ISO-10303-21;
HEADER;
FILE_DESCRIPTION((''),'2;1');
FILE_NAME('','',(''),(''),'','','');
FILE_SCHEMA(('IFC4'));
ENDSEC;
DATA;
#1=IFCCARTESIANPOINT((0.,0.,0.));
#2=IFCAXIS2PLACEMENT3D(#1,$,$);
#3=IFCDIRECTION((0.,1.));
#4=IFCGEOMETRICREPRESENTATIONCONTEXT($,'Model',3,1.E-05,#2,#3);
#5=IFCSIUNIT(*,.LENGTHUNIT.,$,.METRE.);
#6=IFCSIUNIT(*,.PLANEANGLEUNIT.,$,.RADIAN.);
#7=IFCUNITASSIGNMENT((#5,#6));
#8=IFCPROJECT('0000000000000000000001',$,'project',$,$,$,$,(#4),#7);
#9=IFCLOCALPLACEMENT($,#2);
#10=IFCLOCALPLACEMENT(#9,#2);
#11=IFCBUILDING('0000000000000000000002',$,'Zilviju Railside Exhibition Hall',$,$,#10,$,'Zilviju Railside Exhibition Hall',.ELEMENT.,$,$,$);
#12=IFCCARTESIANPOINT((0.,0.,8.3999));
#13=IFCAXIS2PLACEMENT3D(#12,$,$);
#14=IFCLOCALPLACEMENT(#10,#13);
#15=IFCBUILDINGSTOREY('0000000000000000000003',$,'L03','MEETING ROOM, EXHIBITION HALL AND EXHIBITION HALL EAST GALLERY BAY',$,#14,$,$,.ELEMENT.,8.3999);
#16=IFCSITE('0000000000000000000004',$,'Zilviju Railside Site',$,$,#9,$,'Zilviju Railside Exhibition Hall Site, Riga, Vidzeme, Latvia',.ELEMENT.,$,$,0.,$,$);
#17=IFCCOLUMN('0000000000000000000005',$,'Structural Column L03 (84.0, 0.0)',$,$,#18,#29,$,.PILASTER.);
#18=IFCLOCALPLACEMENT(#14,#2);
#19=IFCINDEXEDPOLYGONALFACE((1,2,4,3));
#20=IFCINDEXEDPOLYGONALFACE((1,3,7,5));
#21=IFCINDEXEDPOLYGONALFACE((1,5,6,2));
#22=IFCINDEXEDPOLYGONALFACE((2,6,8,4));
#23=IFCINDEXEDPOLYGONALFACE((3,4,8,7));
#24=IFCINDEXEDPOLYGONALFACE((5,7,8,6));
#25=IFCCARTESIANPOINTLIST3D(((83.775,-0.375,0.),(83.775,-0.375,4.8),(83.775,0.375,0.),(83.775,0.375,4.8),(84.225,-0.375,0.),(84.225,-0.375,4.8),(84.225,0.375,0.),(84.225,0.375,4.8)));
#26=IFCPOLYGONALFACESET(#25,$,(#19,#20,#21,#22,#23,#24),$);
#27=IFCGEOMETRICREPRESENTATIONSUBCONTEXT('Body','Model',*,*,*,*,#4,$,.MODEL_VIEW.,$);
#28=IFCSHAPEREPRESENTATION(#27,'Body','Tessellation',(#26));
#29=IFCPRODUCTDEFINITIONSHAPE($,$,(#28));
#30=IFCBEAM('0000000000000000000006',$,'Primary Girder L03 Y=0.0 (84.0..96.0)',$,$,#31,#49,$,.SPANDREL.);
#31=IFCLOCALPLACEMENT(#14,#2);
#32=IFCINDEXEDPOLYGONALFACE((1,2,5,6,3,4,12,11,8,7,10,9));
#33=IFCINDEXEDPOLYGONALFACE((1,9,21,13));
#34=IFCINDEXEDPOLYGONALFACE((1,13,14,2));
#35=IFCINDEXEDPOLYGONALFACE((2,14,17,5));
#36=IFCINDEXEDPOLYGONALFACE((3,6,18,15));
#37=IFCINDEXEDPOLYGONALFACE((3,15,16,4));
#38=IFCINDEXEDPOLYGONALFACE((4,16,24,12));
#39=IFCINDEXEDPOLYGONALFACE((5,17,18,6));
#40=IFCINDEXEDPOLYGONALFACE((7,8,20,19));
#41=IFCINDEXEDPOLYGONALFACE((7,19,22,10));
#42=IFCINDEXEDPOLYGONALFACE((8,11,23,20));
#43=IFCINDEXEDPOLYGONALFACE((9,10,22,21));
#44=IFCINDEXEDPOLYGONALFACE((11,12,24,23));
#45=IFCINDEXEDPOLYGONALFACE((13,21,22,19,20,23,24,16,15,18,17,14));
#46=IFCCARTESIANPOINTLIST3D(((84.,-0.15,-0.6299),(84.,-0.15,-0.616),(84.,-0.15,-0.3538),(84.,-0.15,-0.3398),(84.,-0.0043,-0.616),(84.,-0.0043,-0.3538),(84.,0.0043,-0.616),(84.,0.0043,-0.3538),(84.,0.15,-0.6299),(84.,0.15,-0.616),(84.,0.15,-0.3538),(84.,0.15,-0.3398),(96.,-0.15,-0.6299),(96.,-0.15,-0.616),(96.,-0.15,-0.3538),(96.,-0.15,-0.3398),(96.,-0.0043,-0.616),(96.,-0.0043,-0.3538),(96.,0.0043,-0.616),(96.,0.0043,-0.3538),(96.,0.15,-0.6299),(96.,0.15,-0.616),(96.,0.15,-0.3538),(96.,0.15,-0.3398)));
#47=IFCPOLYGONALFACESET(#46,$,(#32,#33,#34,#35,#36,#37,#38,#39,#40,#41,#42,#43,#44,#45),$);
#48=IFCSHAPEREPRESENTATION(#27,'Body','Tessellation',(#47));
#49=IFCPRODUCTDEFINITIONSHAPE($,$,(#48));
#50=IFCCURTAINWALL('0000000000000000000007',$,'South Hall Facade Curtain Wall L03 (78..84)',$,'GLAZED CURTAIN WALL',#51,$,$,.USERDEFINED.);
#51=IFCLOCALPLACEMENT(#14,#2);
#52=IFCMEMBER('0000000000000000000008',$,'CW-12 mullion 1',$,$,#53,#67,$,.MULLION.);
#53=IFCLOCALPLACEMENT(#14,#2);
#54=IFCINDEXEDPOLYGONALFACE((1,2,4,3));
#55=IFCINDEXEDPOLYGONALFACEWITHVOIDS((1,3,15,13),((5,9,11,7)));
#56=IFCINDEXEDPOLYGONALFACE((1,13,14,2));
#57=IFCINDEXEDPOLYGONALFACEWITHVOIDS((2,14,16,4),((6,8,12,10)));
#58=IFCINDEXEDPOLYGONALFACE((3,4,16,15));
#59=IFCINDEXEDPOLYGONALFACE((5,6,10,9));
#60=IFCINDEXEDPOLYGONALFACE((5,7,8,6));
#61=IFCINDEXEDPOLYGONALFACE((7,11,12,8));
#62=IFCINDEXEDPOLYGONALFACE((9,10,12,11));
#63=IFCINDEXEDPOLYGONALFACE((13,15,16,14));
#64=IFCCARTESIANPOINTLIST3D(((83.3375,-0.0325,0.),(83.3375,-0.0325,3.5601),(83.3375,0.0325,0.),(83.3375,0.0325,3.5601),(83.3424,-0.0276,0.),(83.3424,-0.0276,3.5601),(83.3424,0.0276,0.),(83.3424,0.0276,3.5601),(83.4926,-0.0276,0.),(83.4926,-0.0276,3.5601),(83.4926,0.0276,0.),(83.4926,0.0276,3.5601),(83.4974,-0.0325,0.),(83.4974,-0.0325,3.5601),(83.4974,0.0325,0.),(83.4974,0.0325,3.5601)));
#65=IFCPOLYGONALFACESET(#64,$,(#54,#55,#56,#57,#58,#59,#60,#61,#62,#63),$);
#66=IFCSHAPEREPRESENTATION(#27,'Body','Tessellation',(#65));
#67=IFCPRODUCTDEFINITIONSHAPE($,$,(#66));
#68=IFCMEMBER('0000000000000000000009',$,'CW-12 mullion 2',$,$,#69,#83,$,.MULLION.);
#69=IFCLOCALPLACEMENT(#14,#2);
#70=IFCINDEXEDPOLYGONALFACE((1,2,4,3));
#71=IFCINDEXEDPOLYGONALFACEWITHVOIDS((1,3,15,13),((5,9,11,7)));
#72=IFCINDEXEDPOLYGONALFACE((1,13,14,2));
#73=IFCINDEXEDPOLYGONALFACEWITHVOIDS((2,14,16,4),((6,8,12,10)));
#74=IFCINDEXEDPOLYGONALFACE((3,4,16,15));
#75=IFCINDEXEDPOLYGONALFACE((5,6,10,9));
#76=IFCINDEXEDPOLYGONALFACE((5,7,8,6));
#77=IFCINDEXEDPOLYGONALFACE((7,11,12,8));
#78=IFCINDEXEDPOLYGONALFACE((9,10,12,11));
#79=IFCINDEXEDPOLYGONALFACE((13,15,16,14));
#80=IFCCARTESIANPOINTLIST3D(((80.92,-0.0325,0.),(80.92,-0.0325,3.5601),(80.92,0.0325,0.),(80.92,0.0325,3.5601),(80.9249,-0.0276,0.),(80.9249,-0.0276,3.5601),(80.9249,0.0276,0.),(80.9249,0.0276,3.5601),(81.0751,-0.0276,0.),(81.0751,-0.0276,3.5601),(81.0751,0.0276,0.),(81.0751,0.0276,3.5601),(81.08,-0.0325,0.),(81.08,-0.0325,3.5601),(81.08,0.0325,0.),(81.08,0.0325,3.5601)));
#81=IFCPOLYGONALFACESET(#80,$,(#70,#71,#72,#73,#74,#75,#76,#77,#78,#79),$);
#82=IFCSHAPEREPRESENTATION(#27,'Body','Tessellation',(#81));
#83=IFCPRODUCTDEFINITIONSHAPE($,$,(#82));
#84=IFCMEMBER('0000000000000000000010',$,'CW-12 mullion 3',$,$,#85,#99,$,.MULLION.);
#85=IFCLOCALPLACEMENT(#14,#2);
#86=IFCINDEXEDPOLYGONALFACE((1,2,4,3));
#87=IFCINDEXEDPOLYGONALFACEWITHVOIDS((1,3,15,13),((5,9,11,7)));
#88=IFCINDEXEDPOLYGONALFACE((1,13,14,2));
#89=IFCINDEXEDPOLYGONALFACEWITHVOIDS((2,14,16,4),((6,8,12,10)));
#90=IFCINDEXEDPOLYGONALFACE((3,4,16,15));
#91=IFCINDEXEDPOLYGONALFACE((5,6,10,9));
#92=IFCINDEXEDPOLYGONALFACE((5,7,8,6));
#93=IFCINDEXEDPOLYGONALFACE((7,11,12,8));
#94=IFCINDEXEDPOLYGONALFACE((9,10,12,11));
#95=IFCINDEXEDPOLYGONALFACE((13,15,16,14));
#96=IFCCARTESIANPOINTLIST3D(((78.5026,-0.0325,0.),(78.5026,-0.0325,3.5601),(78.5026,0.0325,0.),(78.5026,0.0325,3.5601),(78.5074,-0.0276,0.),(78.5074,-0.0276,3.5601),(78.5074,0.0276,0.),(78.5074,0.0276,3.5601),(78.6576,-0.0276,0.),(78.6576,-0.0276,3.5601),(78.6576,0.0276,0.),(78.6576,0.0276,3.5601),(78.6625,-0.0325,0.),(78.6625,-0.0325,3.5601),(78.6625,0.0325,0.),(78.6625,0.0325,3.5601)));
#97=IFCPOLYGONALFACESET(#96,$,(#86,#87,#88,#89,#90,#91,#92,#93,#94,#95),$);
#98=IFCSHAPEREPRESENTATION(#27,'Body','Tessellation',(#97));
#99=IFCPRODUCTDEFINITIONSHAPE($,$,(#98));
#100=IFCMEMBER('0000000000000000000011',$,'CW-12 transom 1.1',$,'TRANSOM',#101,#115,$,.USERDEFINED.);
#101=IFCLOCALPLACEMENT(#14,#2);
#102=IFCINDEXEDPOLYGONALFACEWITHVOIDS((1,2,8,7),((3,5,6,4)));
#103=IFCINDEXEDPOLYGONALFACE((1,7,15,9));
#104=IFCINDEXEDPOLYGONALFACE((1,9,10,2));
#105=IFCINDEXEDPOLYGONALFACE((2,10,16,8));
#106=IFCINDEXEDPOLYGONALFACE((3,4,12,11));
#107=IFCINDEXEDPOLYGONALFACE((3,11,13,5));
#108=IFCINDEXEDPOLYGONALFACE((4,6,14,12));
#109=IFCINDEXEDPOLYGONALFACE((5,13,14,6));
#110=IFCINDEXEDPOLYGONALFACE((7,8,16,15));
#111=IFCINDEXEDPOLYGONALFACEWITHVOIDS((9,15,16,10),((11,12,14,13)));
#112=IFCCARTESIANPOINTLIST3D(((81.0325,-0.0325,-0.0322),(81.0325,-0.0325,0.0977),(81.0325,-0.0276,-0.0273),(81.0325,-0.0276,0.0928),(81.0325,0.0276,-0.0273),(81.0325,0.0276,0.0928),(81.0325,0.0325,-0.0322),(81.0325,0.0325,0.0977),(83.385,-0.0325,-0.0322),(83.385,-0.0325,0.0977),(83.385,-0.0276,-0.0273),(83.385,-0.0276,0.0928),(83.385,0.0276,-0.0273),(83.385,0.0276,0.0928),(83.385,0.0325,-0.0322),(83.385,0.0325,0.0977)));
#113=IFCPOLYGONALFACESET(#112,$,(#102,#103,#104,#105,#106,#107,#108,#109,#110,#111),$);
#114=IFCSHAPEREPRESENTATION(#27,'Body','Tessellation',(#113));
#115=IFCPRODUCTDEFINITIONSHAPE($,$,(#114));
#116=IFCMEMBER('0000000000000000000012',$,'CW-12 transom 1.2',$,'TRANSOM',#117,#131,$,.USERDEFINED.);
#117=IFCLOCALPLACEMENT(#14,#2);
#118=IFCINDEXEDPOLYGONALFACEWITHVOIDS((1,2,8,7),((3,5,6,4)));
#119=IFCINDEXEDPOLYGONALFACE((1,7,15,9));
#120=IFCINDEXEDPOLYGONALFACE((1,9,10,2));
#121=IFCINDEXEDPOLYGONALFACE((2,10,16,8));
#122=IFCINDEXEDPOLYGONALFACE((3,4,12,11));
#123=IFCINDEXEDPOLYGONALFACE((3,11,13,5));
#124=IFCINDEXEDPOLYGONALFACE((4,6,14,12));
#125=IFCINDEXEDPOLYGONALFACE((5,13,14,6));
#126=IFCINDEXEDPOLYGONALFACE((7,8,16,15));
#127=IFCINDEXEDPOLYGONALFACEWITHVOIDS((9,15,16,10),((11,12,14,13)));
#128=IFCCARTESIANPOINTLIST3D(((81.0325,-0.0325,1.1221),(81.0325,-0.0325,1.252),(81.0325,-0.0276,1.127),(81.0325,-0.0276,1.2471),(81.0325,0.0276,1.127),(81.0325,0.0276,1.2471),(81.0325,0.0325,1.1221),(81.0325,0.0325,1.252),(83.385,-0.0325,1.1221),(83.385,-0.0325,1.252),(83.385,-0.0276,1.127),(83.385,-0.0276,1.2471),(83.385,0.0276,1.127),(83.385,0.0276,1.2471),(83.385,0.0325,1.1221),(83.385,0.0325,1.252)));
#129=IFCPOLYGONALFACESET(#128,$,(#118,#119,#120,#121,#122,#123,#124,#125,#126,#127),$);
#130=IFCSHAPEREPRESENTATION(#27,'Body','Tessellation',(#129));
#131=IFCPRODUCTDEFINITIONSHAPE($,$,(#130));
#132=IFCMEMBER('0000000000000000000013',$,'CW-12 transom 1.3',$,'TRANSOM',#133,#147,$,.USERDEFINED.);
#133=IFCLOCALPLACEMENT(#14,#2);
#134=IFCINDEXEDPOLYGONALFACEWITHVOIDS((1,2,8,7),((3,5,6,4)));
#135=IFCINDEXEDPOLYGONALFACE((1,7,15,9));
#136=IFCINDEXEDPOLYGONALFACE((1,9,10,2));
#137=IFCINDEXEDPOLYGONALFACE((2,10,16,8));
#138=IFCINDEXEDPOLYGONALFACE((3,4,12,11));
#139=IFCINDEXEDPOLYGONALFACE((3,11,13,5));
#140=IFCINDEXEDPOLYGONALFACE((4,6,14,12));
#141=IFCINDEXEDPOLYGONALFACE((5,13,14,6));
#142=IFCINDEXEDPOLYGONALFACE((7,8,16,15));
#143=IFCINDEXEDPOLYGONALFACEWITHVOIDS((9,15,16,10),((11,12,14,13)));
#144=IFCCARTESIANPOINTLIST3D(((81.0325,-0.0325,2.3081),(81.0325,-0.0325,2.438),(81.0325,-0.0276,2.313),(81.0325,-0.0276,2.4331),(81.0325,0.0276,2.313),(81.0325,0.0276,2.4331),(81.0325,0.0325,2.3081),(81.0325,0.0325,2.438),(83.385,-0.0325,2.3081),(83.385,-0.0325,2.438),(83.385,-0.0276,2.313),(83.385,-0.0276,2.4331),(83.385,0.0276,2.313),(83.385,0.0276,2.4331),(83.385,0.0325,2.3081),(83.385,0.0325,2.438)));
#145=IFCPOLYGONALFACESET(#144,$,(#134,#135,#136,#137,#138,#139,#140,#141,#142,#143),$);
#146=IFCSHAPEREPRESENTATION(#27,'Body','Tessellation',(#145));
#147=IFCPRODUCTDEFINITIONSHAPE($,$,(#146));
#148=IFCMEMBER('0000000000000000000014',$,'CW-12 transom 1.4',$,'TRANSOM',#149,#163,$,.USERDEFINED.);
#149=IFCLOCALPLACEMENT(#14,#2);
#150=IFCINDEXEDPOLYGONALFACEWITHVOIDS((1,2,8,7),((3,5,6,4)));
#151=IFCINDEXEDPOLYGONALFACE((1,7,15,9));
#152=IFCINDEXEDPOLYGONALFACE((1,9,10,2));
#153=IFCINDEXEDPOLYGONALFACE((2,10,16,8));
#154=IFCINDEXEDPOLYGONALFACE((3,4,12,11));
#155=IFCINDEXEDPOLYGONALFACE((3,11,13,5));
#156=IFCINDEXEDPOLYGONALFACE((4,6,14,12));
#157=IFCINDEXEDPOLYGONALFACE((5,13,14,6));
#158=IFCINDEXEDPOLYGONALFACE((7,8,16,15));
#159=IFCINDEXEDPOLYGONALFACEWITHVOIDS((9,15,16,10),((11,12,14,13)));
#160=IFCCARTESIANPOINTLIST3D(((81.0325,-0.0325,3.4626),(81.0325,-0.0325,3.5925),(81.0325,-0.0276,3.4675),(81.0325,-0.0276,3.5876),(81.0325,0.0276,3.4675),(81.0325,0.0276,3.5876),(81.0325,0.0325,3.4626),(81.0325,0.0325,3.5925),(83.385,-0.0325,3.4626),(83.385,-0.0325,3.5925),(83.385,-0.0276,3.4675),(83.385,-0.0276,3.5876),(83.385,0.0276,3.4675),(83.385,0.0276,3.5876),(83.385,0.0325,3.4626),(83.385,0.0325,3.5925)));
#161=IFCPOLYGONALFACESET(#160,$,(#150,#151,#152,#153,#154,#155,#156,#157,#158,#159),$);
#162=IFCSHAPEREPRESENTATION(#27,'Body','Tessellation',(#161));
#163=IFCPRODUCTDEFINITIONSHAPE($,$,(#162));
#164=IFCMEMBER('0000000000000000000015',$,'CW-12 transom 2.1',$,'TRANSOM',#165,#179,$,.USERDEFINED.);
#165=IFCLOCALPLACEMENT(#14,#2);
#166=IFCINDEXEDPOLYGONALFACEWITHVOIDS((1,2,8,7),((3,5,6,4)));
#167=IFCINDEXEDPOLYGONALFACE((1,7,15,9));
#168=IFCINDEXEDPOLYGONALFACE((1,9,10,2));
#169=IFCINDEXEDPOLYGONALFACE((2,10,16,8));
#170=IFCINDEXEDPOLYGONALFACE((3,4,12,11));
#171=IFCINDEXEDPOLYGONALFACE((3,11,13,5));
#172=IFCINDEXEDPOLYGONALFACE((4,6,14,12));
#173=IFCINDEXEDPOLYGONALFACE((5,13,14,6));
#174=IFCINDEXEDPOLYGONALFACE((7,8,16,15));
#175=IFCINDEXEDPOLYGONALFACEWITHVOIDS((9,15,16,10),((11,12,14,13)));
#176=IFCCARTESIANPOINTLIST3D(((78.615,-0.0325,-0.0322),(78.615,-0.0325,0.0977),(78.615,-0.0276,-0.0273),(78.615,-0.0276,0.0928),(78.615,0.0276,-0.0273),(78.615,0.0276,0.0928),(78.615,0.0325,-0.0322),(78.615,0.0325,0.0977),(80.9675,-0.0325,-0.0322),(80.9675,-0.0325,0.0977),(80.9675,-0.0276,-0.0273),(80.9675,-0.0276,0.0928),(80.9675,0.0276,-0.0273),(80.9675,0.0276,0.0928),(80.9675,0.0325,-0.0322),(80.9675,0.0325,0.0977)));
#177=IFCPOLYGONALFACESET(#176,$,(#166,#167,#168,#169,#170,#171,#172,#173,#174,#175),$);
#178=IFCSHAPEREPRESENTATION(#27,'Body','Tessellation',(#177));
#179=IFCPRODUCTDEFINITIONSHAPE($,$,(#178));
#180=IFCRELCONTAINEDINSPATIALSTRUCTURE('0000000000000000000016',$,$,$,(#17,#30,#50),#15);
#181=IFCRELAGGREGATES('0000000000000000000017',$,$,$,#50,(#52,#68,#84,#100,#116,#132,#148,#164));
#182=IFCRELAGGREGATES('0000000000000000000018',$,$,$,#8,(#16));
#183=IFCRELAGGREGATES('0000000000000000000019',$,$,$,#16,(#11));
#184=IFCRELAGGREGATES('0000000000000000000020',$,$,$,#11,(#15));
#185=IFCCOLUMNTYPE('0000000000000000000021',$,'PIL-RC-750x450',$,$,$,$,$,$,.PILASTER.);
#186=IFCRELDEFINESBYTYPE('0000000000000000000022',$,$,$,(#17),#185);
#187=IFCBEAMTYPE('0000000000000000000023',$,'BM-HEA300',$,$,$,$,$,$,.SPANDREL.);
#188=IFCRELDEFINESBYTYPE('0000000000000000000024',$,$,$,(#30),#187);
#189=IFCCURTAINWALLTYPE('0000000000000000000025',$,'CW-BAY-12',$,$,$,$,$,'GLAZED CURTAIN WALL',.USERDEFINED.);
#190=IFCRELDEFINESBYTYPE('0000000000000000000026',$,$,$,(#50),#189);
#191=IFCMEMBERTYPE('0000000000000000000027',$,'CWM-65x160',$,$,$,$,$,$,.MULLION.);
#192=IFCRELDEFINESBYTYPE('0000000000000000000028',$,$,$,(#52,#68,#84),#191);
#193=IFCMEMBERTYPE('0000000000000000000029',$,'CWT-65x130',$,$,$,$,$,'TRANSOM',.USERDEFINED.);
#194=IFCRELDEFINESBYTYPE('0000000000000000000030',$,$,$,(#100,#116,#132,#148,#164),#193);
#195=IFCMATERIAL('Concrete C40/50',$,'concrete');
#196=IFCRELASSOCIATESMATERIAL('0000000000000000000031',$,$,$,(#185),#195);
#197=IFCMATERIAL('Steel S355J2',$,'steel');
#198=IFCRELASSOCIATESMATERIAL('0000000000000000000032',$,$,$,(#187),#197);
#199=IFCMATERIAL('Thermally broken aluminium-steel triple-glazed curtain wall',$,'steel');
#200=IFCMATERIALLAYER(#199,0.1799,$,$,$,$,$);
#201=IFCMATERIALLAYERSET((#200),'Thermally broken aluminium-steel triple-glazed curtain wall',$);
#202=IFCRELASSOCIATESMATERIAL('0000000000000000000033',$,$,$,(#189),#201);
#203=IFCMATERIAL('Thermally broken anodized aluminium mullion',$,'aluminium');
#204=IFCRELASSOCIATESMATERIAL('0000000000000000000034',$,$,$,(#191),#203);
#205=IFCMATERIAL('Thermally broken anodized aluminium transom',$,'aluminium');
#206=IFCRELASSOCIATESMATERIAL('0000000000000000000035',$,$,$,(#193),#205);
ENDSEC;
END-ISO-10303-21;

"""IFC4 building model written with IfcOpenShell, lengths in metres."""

from ifc_helpers import new_model, si_unit, direction, frame, origin, origin_2d, place, context, subcontext, project, spatial, rectangle, hollow_rectangle, i_section, extrude, material, layer, layer_set, material_profile, profile_set, type_object, element, aggregate, save


model = new_model("IFC4")

# Units and contexts
model_context = context("Model", 3, precision=1e-05, world=origin(), true_north=direction((0.0, 1.0)))
body_context = subcontext(model_context, "Body", "Model", "MODEL_VIEW")
ifc_project = project(units=[si_unit("LENGTHUNIT", "METRE"), si_unit("PLANEANGLEUNIT", "RADIAN")], contexts=[model_context])

# Site, building, storey
site_placement = place(None, origin())
site = spatial("IfcSite", under=ifc_project, at=site_placement, Name="Zilviju Railside Site", LongName="Zilviju Railside Exhibition Hall Site, Riga, Vidzeme, Latvia", CompositionType="ELEMENT", RefElevation=0.0)
building_placement = place(site_placement, origin())
building = spatial("IfcBuilding", under=site, at=building_placement, Name="Zilviju Railside Exhibition Hall", LongName="Zilviju Railside Exhibition Hall", CompositionType="ELEMENT")
storey_placement = place(building_placement, frame((0.0, 0.0, 8.3999)))
storey = spatial("IfcBuildingStorey", under=building, at=storey_placement, Name="L03", Description="MEETING ROOM, EXHIBITION HALL AND EXHIBITION HALL EAST GALLERY BAY", CompositionType="ELEMENT", Elevation=8.3999)

# Column
ifc_material_1 = material(Name="Concrete C40/50", Category="concrete")
ifc_material_profile_1 = material_profile(ifc_material_1, rectangle(XDim=0.45, YDim=0.75, at=origin_2d()), Name="RC COL 450x750")
ifc_profile_set_1 = profile_set([ifc_material_profile_1], Name="Concrete C40/50")
column_type = type_object("IfcColumnType", Name="PIL-RC-750x450", PredefinedType="PILASTER", material=ifc_profile_set_1)
column_placement = place(storey_placement, frame((84.0, 0.0, 0.0), z_axis=(0.0, 0.0, 1.0), x_axis=(1.0, 0.0, 0.0)))
element("IfcColumn", 1, at=column_placement, inside=storey, type_object=column_type, Name="Structural Column L03 (84.0, 0.0)", PredefinedType="PILASTER", context=body_context, shape_type="SweptSolid", body=[
    extrude(rectangle(XDim=0.45, YDim=0.75, at=origin_2d()), origin(), (0.0, 0.0, 1.0), 4.8),
])

# Beam
ifc_material_2 = material(Name="Steel S355J2", Category="steel")
ifc_material_profile_2 = material_profile(ifc_material_2, i_section(OverallWidth=0.3, OverallDepth=0.29, WebThickness=0.0085, FlangeThickness=0.0139, at=origin_2d()), Name="HEA 300")
ifc_profile_set_2 = profile_set([ifc_material_profile_2], Name="Steel S355J2")
beam_type = type_object("IfcBeamType", Name="BM-HEA300", PredefinedType="SPANDREL", material=ifc_profile_set_2)
beam_placement = place(storey_placement, frame((84.0, 0.0, -0.4849), z_axis=(1.0, 0.0, 0.0), x_axis=(0.0, 1.0, 0.0)))
element("IfcBeam", 2, at=beam_placement, inside=storey, type_object=beam_type, Name="Primary Girder L03 Y=0.0 (84.0..96.0)", PredefinedType="SPANDREL", context=body_context, shape_type="SweptSolid", body=[
    extrude(i_section(OverallWidth=0.3, OverallDepth=0.29, WebThickness=0.0085, FlangeThickness=0.0139, at=origin_2d()), origin(), (0.0, 0.0, 1.0), 12.0),
])

# Curtain wall, members
ifc_material_3 = material(Name="Thermally broken aluminium-steel triple-glazed curtain wall", Category="steel")
ifc_layer_1 = layer(ifc_material_3, 0.1799)
ifc_layer_set_1 = layer_set([ifc_layer_1], Name="Thermally broken aluminium-steel triple-glazed curtain wall")
curtain_wall_type = type_object("IfcCurtainWallType", Name="CW-BAY-12", ElementType="GLAZED CURTAIN WALL", PredefinedType="USERDEFINED", material=ifc_layer_set_1)
curtain_wall_placement = place(storey_placement, origin())
curtain_wall = element("IfcCurtainWall", 3, at=curtain_wall_placement, inside=storey, type_object=curtain_wall_type, Name="South Hall Facade Curtain Wall L03 (78..84)", ObjectType="GLAZED CURTAIN WALL", PredefinedType="USERDEFINED")
ifc_material_4 = material(Name="Thermally broken anodized aluminium mullion", Category="aluminium")
ifc_material_profile_3 = material_profile(ifc_material_4, hollow_rectangle(XDim=0.0649, YDim=0.1599, WallThickness=0.0049, at=origin_2d()), Name="MULLION 160x65x5")
ifc_profile_set_3 = profile_set([ifc_material_profile_3], Name="Thermally broken anodized aluminium mullion")
member_type_1 = type_object("IfcMemberType", Name="CWM-65x160", PredefinedType="MULLION", material=ifc_profile_set_3)
member_1_placement = place(storey_placement, frame((83.4175, 0.0, 0.0), z_axis=(0.0, 0.0, 1.0), x_axis=(0.0, -1.0, 0.0)))
member_1 = element("IfcMember", 4, at=member_1_placement, type_object=member_type_1, Name="CW-12 mullion 1", PredefinedType="MULLION", context=body_context, shape_type="SweptSolid", body=[
    extrude(hollow_rectangle(XDim=0.0649, YDim=0.1599, WallThickness=0.0049, at=origin_2d()), origin(), (0.0, 0.0, 1.0), 3.5601),
])
member_2_placement = place(storey_placement, frame((81.0, 0.0, 0.0), z_axis=(0.0, 0.0, 1.0), x_axis=(0.0, -1.0, 0.0)))
member_2 = element("IfcMember", 5, at=member_2_placement, type_object=member_type_1, Name="CW-12 mullion 2", PredefinedType="MULLION", context=body_context, shape_type="SweptSolid", body=[
    extrude(hollow_rectangle(XDim=0.0649, YDim=0.1599, WallThickness=0.0049, at=origin_2d()), origin(), (0.0, 0.0, 1.0), 3.5601),
])
member_3_placement = place(storey_placement, frame((78.5825, 0.0, 0.0), z_axis=(0.0, 0.0, 1.0), x_axis=(0.0, -1.0, 0.0)))
member_3 = element("IfcMember", 6, at=member_3_placement, type_object=member_type_1, Name="CW-12 mullion 3", PredefinedType="MULLION", context=body_context, shape_type="SweptSolid", body=[
    extrude(hollow_rectangle(XDim=0.0649, YDim=0.1599, WallThickness=0.0049, at=origin_2d()), origin(), (0.0, 0.0, 1.0), 3.5601),
])
ifc_material_5 = material(Name="Thermally broken anodized aluminium transom", Category="aluminium")
ifc_material_profile_4 = material_profile(ifc_material_5, hollow_rectangle(XDim=0.0649, YDim=0.1299, WallThickness=0.0049, at=origin_2d()), Name="TRANSOM 130x65x5")
ifc_profile_set_4 = profile_set([ifc_material_profile_4], Name="Thermally broken anodized aluminium transom")
member_type_2 = type_object("IfcMemberType", Name="CWT-65x130", ElementType="TRANSOM", PredefinedType="USERDEFINED", material=ifc_profile_set_4)
member_4_placement = place(storey_placement, frame((83.385, 0.0, 0.0327), z_axis=(-1.0, 0.0, 0.0), x_axis=(0.0, -1.0, 0.0)))
member_4 = element("IfcMember", 7, at=member_4_placement, type_object=member_type_2, Name="CW-12 transom 1.1", ObjectType="TRANSOM", PredefinedType="USERDEFINED", context=body_context, shape_type="SweptSolid", body=[
    extrude(hollow_rectangle(XDim=0.0649, YDim=0.1299, WallThickness=0.0049, at=origin_2d()), origin(), (0.0, 0.0, 1.0), 2.3525),
])
member_5_placement = place(storey_placement, frame((83.385, 0.0, 1.187), z_axis=(-1.0, 0.0, 0.0), x_axis=(0.0, -1.0, 0.0)))
member_5 = element("IfcMember", 8, at=member_5_placement, type_object=member_type_2, Name="CW-12 transom 1.2", ObjectType="TRANSOM", PredefinedType="USERDEFINED", context=body_context, shape_type="SweptSolid", body=[
    extrude(hollow_rectangle(XDim=0.0649, YDim=0.1299, WallThickness=0.0049, at=origin_2d()), origin(), (0.0, 0.0, 1.0), 2.3525),
])
member_6_placement = place(storey_placement, frame((83.385, 0.0, 2.373), z_axis=(-1.0, 0.0, 0.0), x_axis=(0.0, -1.0, 0.0)))
member_6 = element("IfcMember", 9, at=member_6_placement, type_object=member_type_2, Name="CW-12 transom 1.3", ObjectType="TRANSOM", PredefinedType="USERDEFINED", context=body_context, shape_type="SweptSolid", body=[
    extrude(hollow_rectangle(XDim=0.0649, YDim=0.1299, WallThickness=0.0049, at=origin_2d()), origin(), (0.0, 0.0, 1.0), 2.3525),
])
member_7_placement = place(storey_placement, frame((83.385, 0.0, 3.5276), z_axis=(-1.0, 0.0, 0.0), x_axis=(0.0, -1.0, 0.0)))
member_7 = element("IfcMember", 10, at=member_7_placement, type_object=member_type_2, Name="CW-12 transom 1.4", ObjectType="TRANSOM", PredefinedType="USERDEFINED", context=body_context, shape_type="SweptSolid", body=[
    extrude(hollow_rectangle(XDim=0.0649, YDim=0.1299, WallThickness=0.0049, at=origin_2d()), origin(), (0.0, 0.0, 1.0), 2.3525),
])
member_8_placement = place(storey_placement, frame((80.9675, 0.0, 0.0327), z_axis=(-1.0, 0.0, 0.0), x_axis=(0.0, -1.0, 0.0)))
member_8 = element("IfcMember", 11, at=member_8_placement, type_object=member_type_2, Name="CW-12 transom 2.1", ObjectType="TRANSOM", PredefinedType="USERDEFINED", context=body_context, shape_type="SweptSolid", body=[
    extrude(hollow_rectangle(XDim=0.0649, YDim=0.1299, WallThickness=0.0049, at=origin_2d()), origin(), (0.0, 0.0, 1.0), 2.3525),
])
aggregate(curtain_wall, [member_1, member_2, member_3, member_4, member_5, member_6, member_7, member_8])

save(model, "model.ifc")
